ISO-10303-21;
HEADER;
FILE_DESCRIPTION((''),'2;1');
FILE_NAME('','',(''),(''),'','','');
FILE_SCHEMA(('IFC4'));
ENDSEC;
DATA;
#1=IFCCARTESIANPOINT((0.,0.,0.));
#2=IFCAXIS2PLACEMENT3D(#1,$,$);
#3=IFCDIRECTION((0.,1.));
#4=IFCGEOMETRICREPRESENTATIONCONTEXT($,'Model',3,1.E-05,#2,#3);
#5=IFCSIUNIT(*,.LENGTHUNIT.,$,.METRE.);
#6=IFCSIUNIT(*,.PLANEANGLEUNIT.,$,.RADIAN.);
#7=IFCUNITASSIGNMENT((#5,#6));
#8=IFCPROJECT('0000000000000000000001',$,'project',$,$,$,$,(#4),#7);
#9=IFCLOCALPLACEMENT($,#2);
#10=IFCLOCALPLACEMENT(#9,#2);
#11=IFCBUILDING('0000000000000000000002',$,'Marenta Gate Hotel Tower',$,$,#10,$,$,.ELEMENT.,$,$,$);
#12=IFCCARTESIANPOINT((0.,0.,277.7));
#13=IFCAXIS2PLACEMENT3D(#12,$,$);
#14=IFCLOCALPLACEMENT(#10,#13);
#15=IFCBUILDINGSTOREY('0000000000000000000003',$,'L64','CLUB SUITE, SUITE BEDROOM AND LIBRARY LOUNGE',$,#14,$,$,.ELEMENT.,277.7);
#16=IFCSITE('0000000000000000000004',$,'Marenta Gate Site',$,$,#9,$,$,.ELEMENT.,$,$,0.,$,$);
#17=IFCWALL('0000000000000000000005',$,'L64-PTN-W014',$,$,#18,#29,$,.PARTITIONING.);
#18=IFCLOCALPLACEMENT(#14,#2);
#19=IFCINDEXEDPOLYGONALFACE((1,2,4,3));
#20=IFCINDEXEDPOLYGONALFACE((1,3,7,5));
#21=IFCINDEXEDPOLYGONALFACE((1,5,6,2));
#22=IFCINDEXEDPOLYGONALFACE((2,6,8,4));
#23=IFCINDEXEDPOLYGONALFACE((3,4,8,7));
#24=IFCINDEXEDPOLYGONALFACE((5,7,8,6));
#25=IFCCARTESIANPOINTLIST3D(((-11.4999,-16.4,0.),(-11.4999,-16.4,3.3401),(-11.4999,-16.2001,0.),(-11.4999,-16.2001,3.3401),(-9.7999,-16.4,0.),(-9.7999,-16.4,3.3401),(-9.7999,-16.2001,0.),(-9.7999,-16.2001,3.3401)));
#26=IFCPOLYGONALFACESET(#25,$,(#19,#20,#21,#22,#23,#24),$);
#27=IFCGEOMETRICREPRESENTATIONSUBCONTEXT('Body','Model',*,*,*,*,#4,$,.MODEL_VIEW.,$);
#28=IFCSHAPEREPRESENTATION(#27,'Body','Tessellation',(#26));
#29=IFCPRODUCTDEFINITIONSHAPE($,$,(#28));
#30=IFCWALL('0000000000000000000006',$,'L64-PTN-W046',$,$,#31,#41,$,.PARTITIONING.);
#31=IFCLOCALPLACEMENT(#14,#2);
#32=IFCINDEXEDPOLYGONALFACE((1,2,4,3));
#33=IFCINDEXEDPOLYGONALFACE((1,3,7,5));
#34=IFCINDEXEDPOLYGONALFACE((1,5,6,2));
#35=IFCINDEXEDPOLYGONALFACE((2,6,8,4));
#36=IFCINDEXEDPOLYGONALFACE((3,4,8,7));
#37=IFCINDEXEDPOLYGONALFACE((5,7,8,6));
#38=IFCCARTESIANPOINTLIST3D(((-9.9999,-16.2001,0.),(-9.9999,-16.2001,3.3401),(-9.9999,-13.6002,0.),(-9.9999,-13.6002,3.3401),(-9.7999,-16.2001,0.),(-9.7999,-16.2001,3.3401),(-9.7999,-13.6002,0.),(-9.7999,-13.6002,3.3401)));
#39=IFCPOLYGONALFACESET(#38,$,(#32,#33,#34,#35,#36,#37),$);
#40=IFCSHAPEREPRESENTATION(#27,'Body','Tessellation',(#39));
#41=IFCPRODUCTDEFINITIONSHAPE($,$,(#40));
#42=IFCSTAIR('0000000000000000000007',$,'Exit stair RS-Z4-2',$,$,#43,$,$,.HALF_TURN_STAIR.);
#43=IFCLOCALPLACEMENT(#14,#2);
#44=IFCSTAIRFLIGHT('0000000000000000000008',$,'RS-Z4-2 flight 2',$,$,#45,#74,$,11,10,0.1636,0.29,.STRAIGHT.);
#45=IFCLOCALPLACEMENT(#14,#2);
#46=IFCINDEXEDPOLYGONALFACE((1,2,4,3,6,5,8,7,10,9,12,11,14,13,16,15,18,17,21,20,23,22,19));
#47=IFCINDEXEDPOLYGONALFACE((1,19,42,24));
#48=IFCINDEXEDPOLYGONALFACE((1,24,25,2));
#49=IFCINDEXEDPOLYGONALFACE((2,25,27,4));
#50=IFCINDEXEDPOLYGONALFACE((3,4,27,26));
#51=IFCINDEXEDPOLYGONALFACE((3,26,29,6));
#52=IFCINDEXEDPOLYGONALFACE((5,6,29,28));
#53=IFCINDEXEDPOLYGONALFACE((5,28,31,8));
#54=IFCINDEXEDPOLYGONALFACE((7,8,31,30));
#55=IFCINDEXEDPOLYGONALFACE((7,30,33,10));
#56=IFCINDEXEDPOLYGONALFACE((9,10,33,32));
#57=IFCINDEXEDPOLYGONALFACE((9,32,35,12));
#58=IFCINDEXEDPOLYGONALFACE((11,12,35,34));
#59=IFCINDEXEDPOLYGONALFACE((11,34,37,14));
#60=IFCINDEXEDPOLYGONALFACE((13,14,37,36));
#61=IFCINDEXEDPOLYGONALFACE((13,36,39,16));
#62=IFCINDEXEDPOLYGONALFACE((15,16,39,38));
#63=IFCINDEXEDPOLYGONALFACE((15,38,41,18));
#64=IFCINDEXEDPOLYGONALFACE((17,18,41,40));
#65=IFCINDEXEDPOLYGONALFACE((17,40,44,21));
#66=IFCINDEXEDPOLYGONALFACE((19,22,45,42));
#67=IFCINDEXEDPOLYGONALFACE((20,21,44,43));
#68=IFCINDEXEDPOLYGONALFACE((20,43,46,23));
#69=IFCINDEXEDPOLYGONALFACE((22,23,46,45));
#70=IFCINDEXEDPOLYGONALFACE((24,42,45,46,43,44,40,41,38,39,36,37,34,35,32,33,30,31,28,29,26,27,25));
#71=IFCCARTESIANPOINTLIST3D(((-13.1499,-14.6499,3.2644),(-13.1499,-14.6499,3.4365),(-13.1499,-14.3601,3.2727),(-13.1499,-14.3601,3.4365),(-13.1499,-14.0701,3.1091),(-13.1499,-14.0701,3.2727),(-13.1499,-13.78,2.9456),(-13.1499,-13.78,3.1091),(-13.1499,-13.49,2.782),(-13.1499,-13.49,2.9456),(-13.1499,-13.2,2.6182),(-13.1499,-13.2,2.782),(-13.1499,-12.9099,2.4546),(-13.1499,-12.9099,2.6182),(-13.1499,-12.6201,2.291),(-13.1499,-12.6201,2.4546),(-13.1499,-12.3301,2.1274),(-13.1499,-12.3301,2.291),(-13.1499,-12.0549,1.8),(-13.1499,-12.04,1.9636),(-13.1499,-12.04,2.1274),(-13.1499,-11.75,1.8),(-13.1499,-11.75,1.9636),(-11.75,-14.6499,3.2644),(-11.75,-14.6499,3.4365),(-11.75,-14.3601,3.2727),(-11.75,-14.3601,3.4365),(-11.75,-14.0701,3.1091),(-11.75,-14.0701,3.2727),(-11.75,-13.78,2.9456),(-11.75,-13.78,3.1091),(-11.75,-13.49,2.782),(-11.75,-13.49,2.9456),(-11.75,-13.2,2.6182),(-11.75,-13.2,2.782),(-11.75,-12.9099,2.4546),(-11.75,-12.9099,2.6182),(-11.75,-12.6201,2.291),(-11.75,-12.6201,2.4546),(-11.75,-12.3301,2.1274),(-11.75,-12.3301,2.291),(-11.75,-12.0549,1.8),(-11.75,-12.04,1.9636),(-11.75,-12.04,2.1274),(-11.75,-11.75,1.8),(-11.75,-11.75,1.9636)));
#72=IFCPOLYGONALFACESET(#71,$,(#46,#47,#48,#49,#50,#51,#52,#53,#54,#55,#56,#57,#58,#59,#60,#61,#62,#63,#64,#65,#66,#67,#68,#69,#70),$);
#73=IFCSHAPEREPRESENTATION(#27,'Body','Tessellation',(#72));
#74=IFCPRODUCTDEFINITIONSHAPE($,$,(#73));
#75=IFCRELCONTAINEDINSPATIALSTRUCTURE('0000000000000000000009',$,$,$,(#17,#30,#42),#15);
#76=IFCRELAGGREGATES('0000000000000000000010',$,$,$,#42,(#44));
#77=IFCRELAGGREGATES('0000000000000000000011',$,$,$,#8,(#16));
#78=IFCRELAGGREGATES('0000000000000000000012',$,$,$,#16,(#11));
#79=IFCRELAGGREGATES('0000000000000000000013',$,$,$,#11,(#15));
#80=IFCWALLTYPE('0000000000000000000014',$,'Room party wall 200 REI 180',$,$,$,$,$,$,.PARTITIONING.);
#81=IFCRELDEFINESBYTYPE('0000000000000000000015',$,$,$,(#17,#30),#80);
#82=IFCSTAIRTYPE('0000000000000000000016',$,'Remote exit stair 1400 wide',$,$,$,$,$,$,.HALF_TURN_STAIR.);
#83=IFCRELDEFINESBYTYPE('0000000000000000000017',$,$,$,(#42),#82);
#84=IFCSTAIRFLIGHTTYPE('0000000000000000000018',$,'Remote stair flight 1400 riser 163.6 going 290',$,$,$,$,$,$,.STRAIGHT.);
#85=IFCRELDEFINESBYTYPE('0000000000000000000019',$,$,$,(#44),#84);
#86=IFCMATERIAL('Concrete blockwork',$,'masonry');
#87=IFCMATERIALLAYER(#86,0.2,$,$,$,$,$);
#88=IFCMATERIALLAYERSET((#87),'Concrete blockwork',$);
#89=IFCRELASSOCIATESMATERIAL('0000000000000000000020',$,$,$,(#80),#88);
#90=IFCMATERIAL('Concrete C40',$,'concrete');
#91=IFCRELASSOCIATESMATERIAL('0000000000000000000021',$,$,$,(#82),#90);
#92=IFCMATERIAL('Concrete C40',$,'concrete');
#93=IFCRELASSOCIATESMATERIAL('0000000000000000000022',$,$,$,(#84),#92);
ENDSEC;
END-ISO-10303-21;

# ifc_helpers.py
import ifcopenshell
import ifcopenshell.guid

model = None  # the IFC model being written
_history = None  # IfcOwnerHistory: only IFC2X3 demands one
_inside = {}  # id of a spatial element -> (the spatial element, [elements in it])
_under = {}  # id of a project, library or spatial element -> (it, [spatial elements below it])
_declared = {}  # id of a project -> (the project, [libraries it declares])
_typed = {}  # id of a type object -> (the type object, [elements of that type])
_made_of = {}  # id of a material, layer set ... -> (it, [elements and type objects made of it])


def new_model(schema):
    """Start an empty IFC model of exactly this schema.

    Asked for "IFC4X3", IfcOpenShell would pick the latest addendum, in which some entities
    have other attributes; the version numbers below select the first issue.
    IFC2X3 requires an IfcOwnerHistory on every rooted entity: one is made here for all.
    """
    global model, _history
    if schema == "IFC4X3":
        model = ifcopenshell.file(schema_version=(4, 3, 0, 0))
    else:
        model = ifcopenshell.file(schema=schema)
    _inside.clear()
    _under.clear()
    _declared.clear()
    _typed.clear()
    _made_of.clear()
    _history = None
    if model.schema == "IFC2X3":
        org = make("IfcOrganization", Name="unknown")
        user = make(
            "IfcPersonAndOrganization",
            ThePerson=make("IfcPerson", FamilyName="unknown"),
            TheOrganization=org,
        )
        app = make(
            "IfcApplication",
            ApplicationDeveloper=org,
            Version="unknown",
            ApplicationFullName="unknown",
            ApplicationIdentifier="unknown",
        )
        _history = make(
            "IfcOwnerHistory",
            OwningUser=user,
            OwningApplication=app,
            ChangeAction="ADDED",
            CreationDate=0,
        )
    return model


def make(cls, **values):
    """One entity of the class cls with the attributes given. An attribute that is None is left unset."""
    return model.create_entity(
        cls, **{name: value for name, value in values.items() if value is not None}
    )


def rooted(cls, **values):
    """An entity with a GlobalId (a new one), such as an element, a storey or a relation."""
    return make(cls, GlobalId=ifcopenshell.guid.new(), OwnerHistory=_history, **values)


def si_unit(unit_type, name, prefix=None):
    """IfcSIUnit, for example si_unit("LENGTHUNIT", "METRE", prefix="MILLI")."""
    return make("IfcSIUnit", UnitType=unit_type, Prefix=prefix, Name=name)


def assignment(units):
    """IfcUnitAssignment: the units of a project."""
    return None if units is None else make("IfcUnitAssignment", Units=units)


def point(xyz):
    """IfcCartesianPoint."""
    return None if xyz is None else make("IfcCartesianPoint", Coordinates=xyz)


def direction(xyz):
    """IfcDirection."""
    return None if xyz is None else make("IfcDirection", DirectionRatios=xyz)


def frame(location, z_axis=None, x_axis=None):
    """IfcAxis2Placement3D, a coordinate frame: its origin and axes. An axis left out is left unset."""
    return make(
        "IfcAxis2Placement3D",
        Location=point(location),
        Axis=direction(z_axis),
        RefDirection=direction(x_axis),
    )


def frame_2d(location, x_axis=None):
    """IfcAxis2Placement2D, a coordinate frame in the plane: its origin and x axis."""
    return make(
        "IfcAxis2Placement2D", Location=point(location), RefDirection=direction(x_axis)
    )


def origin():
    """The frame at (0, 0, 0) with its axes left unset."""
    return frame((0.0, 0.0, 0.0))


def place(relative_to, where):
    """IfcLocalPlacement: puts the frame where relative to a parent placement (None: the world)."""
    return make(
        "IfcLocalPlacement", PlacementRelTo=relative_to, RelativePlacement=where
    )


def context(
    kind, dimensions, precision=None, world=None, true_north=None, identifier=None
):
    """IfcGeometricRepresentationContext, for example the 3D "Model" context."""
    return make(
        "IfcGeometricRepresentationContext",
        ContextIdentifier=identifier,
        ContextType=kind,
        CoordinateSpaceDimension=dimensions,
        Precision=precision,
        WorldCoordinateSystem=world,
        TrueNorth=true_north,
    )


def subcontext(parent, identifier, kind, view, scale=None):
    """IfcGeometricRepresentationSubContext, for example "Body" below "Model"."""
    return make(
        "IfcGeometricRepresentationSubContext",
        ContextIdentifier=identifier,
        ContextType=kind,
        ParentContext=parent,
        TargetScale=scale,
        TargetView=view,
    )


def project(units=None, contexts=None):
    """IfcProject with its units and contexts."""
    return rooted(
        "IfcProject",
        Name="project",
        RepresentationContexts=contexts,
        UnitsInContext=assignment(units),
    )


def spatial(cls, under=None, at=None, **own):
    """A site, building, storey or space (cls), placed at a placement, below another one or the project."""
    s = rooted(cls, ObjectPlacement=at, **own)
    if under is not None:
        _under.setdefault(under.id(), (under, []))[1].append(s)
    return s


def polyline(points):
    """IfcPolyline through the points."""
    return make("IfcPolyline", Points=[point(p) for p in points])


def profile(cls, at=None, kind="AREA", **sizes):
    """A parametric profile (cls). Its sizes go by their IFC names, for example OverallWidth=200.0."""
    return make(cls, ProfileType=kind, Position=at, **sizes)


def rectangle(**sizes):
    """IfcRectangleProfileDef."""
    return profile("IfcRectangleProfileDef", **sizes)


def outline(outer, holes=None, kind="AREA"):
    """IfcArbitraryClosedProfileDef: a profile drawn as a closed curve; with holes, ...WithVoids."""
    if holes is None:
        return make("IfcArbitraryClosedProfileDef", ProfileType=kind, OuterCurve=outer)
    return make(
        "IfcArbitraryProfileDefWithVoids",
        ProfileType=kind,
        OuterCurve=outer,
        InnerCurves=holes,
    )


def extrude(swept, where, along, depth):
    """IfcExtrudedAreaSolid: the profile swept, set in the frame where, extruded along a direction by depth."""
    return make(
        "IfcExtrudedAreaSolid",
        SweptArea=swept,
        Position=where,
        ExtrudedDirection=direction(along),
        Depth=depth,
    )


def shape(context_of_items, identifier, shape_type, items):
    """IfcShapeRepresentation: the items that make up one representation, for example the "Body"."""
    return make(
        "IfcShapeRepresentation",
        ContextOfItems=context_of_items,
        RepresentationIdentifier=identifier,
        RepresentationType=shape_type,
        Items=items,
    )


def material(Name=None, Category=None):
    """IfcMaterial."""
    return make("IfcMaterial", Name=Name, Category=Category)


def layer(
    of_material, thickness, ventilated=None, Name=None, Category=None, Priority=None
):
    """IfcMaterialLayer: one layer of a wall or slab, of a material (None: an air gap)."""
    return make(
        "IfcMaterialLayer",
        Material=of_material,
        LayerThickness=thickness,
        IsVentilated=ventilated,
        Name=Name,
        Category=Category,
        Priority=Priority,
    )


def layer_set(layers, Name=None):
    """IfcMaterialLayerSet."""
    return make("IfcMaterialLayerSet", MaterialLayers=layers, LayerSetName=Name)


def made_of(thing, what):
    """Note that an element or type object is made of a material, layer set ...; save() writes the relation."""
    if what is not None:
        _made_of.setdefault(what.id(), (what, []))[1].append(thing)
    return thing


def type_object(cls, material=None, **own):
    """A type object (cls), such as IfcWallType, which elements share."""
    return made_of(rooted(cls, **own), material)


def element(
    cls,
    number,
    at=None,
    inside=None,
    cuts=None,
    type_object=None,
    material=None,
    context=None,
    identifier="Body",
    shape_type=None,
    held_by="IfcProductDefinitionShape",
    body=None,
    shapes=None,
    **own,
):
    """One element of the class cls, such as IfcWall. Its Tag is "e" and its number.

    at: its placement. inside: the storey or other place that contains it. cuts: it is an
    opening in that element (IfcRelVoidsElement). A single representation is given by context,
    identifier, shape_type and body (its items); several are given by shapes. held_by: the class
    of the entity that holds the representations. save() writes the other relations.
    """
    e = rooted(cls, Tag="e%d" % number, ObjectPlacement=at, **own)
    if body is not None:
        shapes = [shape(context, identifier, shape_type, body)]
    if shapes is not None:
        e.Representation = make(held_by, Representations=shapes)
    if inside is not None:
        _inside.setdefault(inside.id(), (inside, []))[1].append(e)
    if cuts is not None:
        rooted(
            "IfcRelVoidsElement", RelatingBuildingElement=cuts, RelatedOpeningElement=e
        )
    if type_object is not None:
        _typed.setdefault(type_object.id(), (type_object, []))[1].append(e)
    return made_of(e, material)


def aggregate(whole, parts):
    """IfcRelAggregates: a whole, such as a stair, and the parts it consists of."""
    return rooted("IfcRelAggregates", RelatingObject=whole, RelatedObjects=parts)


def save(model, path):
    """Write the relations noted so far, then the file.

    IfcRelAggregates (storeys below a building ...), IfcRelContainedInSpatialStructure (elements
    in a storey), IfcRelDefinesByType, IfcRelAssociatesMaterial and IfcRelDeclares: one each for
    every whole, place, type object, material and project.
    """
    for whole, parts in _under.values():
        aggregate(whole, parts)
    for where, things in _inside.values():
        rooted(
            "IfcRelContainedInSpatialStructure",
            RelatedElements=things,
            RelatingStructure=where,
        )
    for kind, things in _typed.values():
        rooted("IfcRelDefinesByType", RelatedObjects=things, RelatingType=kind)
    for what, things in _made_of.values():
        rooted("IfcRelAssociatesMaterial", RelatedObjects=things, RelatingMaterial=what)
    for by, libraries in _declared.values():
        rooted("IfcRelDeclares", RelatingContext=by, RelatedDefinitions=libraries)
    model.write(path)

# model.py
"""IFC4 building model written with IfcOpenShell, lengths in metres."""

from ifc_helpers import new_model, si_unit, direction, frame, frame_2d, origin, place, context, subcontext, project, spatial, polyline, rectangle, outline, extrude, material, layer, layer_set, type_object, element, aggregate, save


model = new_model("IFC4")

# Units and contexts
model_context = context("Model", 3, precision=1e-05, world=origin(), true_north=direction((0.0, 1.0)))
body_context = subcontext(model_context, "Body", "Model", "MODEL_VIEW")
ifc_project = project(units=[si_unit("LENGTHUNIT", "METRE"), si_unit("PLANEANGLEUNIT", "RADIAN")], contexts=[model_context])

# Site, building, storey
site_placement = place(None, origin())
site = spatial("IfcSite", under=ifc_project, at=site_placement, Name="Marenta Gate Site", CompositionType="ELEMENT", RefElevation=0.0)
building_placement = place(site_placement, origin())
building = spatial("IfcBuilding", under=site, at=building_placement, Name="Marenta Gate Hotel Tower", CompositionType="ELEMENT")
storey_placement = place(building_placement, frame((0.0, 0.0, 277.7)))
storey = spatial("IfcBuildingStorey", under=building, at=storey_placement, Name="L64", Description="CLUB SUITE, SUITE BEDROOM AND LIBRARY LOUNGE", CompositionType="ELEMENT", Elevation=277.7)

# Walls
ifc_material_1 = material(Name="Concrete blockwork", Category="masonry")
ifc_layer_1 = layer(ifc_material_1, 0.2)
ifc_layer_set_1 = layer_set([ifc_layer_1], Name="Concrete blockwork")
wall_type_1 = type_object("IfcWallType", Name="Room party wall 200 REI 180", PredefinedType="PARTITIONING", material=ifc_layer_set_1)
wall_1_placement = place(storey_placement, frame((-11.5, -16.3, 0.0), z_axis=(0.0, 0.0, 1.0), x_axis=(1.0, 0.0, 0.0)))
element("IfcWall", 1, at=wall_1_placement, inside=storey, type_object=wall_type_1, Name="L64-PTN-W014", PredefinedType="PARTITIONING", context=body_context, shape_type="SweptSolid", body=[
    extrude(rectangle(XDim=1.7, YDim=0.2, at=frame_2d((0.8501, 0.0))), origin(), (0.0, 0.0, 1.0), 3.3401),
])
wall_2_placement = place(storey_placement, frame((-9.8999, -16.2, 0.0), z_axis=(0.0, 0.0, 1.0), x_axis=(0.0, 1.0, 0.0)))
element("IfcWall", 2, at=wall_2_placement, inside=storey, type_object=wall_type_1, Name="L64-PTN-W046", PredefinedType="PARTITIONING", context=body_context, shape_type="SweptSolid", body=[
    extrude(rectangle(XDim=2.5999, YDim=0.2, at=frame_2d((1.2998, 0.0))), origin(), (0.0, 0.0, 1.0), 3.3401),
])

# Stair, stair flight
ifc_material_2 = material(Name="Concrete C40", Category="concrete")
stair_type = type_object("IfcStairType", Name="Remote exit stair 1400 wide", PredefinedType="HALF_TURN_STAIR", material=ifc_material_2)
stair_placement = place(storey_placement, origin())
stair = element("IfcStair", 3, at=stair_placement, inside=storey, type_object=stair_type, Name="Exit stair RS-Z4-2", PredefinedType="HALF_TURN_STAIR")
ifc_material_3 = material(Name="Concrete C40", Category="concrete")
stair_flight_type = type_object("IfcStairFlightType", Name="Remote stair flight 1400 riser 163.6 going 290", PredefinedType="STRAIGHT", material=ifc_material_3)
stair_flight_placement = place(storey_placement, frame((-12.45, -11.75, 1.8), z_axis=(0.0, 0.0, 1.0), x_axis=(0.0, -1.0, 0.0)))
stair_flight = element("IfcStairFlight", 4, at=stair_flight_placement, type_object=stair_flight_type, Name="RS-Z4-2 flight 2", NumberOfRisers=11, NumberOfTreads=10, PredefinedType="STRAIGHT", RiserHeight=0.1636, TreadLength=0.29, context=body_context, shape_type="SweptSolid", body=[
    extrude(outline(polyline([(0.0, 0.0), (0.0, 0.1636), (0.29, 0.1636), (0.29, 0.3274), (0.5801, 0.3274), (0.5801, 0.491), (0.8701, 0.491), (0.8701, 0.6545), (1.1599, 0.6545), (1.1599, 0.8181), (1.45, 0.8181), (1.45, 0.9819), (1.74, 0.9819), (1.74, 1.1455), (2.03, 1.1455), (2.03, 1.3091), (2.3201, 1.3091), (2.3201, 1.4727), (2.6101, 1.4727), (2.6101, 1.6365), (2.8999, 1.6365), (2.8999, 1.8), (2.8999, 1.4644), (0.3049, 0.0), (0.0, 0.0)])), frame((0.0, 0.7, 0.0), z_axis=(0.0, -1.0, 0.0), x_axis=(1.0, 0.0, 0.0)), (0.0, 0.0, 1.0), 1.3999),
])
aggregate(stair, [stair_flight])

save(model, "model.ifc")
